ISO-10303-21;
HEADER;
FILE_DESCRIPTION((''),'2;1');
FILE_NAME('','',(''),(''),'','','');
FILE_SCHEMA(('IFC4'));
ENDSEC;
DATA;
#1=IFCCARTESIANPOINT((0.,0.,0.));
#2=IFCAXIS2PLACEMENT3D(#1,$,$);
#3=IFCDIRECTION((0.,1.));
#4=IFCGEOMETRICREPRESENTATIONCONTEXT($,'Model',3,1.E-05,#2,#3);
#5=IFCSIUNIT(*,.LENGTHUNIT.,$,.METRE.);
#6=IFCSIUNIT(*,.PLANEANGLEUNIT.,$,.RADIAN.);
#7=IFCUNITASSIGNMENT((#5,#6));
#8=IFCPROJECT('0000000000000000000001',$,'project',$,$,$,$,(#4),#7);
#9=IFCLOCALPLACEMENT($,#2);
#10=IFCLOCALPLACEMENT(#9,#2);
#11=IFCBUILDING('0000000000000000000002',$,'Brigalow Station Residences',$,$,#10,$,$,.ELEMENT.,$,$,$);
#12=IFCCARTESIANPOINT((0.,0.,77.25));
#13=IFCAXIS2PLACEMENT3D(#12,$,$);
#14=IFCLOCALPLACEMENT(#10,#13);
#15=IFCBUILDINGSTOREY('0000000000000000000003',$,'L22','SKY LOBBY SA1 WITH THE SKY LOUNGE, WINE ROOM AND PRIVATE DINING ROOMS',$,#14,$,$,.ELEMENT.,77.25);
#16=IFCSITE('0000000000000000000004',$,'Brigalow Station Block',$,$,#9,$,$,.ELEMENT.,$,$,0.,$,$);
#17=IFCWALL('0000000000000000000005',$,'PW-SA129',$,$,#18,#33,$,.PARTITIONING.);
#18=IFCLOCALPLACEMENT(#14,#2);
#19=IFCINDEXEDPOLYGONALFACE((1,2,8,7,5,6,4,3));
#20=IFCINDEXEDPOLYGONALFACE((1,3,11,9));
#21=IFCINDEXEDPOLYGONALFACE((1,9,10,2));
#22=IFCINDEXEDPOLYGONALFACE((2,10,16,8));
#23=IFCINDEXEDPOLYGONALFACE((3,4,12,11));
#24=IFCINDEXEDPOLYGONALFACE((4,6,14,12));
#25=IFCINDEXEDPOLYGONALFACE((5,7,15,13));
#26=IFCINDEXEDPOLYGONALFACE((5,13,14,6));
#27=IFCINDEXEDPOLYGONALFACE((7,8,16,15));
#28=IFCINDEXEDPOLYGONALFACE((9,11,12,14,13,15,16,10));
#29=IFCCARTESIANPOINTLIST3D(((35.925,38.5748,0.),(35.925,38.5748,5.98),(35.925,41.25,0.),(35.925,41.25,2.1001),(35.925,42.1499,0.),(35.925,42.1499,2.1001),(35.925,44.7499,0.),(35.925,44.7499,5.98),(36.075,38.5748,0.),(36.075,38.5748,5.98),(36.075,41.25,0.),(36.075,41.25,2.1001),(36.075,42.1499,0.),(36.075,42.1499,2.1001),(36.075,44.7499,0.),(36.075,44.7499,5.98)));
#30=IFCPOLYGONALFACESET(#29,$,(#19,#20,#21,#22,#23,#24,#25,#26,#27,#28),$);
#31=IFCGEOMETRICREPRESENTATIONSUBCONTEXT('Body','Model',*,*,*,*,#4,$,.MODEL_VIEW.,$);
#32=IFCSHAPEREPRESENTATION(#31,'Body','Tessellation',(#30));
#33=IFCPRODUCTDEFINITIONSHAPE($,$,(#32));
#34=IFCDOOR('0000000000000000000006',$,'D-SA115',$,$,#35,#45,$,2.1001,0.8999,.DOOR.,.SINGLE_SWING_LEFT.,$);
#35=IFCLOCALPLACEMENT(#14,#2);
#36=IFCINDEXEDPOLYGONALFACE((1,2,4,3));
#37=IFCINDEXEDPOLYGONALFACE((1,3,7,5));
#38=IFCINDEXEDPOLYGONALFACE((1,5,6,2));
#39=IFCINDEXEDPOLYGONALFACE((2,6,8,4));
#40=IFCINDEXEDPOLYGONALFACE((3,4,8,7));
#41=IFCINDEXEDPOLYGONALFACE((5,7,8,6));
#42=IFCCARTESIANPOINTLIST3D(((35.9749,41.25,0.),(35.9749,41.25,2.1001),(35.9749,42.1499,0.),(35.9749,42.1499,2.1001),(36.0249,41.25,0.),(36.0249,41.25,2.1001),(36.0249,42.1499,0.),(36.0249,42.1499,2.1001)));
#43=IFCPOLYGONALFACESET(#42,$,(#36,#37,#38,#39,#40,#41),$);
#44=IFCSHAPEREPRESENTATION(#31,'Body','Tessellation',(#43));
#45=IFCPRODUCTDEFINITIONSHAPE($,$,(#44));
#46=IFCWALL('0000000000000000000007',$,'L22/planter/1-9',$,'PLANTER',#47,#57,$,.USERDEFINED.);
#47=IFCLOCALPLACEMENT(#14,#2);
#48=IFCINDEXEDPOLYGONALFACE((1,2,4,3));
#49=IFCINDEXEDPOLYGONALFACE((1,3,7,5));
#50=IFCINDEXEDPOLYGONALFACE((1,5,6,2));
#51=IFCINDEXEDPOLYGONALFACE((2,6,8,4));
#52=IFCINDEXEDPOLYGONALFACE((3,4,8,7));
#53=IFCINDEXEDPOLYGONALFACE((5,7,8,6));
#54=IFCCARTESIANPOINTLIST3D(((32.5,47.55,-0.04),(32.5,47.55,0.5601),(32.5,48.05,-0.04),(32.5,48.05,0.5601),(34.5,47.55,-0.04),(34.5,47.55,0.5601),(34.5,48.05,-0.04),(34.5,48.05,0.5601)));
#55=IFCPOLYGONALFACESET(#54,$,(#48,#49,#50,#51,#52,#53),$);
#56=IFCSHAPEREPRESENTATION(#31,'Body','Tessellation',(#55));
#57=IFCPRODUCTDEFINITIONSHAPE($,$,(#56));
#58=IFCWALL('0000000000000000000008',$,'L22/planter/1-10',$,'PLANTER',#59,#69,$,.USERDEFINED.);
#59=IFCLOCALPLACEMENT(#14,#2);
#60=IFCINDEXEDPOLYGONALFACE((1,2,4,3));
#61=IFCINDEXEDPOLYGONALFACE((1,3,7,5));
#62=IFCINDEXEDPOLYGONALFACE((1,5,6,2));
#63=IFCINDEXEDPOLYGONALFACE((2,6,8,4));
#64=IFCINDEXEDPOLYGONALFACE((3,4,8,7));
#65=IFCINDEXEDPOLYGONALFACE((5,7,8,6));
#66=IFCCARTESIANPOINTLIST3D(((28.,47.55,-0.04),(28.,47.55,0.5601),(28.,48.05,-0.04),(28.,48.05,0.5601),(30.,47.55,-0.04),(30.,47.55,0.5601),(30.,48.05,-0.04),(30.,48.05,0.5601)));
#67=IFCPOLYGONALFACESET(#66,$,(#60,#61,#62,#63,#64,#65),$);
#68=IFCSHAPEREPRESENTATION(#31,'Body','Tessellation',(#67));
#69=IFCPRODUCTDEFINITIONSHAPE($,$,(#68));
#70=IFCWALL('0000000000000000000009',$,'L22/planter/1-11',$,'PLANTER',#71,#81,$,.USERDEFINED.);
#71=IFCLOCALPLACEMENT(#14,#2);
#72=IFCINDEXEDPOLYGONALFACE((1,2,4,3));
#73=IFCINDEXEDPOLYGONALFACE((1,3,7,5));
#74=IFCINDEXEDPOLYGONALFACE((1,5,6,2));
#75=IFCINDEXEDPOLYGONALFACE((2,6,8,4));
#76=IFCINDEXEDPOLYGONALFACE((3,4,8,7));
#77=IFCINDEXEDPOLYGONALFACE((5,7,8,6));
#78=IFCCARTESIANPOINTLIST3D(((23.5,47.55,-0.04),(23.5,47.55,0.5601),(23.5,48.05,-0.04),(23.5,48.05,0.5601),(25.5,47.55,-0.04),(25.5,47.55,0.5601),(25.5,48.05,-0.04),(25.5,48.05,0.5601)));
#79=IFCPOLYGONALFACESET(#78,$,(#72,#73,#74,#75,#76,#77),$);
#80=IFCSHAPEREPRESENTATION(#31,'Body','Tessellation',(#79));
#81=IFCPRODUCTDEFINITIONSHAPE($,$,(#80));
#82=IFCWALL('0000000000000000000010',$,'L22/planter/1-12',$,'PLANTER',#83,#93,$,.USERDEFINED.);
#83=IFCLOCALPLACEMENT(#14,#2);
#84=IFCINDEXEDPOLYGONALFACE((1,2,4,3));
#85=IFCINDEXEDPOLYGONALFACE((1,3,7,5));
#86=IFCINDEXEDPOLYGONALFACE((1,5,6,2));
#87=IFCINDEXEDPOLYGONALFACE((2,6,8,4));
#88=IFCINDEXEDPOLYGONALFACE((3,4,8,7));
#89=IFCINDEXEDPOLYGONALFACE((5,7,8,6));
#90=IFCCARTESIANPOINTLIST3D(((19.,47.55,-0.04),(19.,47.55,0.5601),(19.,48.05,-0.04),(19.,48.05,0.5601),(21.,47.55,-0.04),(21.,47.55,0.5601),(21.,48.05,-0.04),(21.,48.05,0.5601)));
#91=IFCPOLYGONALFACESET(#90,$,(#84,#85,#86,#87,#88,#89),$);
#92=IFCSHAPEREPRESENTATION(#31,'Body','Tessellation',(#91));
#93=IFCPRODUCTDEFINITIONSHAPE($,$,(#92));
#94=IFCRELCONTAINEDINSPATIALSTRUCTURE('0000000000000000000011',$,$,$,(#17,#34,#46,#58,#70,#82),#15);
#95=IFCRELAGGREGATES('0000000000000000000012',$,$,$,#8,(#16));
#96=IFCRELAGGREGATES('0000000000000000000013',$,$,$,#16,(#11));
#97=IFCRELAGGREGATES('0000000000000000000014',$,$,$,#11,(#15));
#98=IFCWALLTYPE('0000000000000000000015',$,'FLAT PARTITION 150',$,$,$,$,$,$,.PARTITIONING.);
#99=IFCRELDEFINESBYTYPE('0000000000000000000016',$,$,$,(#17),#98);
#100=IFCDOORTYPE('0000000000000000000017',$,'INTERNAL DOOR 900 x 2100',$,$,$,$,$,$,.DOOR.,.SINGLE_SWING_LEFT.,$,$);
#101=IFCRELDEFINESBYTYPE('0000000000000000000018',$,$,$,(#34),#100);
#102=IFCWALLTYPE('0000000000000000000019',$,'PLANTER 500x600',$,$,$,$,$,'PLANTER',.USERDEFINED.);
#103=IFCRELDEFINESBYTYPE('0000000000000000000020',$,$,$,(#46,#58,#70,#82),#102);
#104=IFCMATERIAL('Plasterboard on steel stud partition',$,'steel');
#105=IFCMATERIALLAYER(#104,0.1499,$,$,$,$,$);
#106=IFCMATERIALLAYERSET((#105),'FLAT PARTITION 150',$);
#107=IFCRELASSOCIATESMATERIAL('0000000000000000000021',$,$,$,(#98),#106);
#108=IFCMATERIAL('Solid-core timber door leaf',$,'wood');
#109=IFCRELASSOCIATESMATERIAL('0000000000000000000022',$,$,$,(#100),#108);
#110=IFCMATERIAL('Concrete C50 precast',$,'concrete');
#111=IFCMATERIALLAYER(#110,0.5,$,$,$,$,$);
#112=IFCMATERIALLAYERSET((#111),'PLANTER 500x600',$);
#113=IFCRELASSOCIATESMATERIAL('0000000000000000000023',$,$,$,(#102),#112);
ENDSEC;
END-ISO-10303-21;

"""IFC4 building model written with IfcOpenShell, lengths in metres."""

from ifc_helpers import new_model, si_unit, direction, frame, frame_2d, origin, place, context, subcontext, project, spatial, rectangle, extrude, material, layer, layer_set, type_object, element, fill, save


model = new_model("IFC4")

# Units and contexts
model_context = context("Model", 3, precision=1e-05, world=origin(), true_north=direction((0.0, 1.0)))
body_context = subcontext(model_context, "Body", "Model", "MODEL_VIEW")
ifc_project = project(units=[si_unit("LENGTHUNIT", "METRE"), si_unit("PLANEANGLEUNIT", "RADIAN")], contexts=[model_context])

# Site, building, storey
site_placement = place(None, origin())
site = spatial("IfcSite", under=ifc_project, at=site_placement, Name="Brigalow Station Block", CompositionType="ELEMENT", RefElevation=0.0)
building_placement = place(site_placement, origin())
building = spatial("IfcBuilding", under=site, at=building_placement, Name="Brigalow Station Residences", CompositionType="ELEMENT")
storey_placement = place(building_placement, frame((0.0, 0.0, 77.25)))
storey = spatial("IfcBuildingStorey", under=building, at=storey_placement, Name="L22", Description="SKY LOBBY SA1 WITH THE SKY LOUNGE, WINE ROOM AND PRIVATE DINING ROOMS", CompositionType="ELEMENT", Elevation=77.25)

# Wall, opening, door
ifc_material_1 = material(Name="Plasterboard on steel stud partition", Category="steel")
ifc_layer_1 = layer(ifc_material_1, 0.1499)
ifc_layer_set_1 = layer_set([ifc_layer_1], Name="FLAT PARTITION 150")
wall_type_1 = type_object("IfcWallType", Name="FLAT PARTITION 150", PredefinedType="PARTITIONING", material=ifc_layer_set_1)
wall_1_placement = place(storey_placement, frame((36.0, 38.575, 0.0), z_axis=(0.0, 0.0, 1.0), x_axis=(0.0, 1.0, 0.0)))
wall_1 = element("IfcWall", 1, at=wall_1_placement, inside=storey, type_object=wall_type_1, Name="PW-SA129", PredefinedType="PARTITIONING", context=body_context, shape_type="SweptSolid", body=[
    extrude(rectangle(XDim=6.175, YDim=0.1499, at=frame_2d((3.0874, 0.0))), origin(), (0.0, 0.0, 1.0), 5.98),
])
opening_1_placement = place(wall_1_placement, frame((2.675, 0.0, 0.0)))
opening_1 = element("IfcOpeningElement", 2, at=opening_1_placement, cuts=wall_1, PredefinedType="OPENING", context=body_context, shape_type="SweptSolid", body=[
    extrude(rectangle(XDim=0.8999, YDim=2.1001, at=frame_2d((0.45, 1.05))), frame((0.0, 0.085, 0.0), z_axis=(0.0, -1.0, 0.0), x_axis=(1.0, 0.0, 0.0)), (0.0, 0.0, 1.0), 0.1699),
])
ifc_material_2 = material(Name="Solid-core timber door leaf", Category="wood")
door_type_1 = type_object("IfcDoorType", Name="INTERNAL DOOR 900 x 2100", OperationType="SINGLE_SWING_LEFT", PredefinedType="DOOR", material=ifc_material_2)
door_1_placement = place(opening_1_placement, frame((0.8999, 0.0, 0.0), z_axis=(0.0, 0.0, 1.0), x_axis=(-1.0, 0.0, 0.0)))
door_1 = element("IfcDoor", 3, at=door_1_placement, inside=storey, type_object=door_type_1, Name="D-SA115", OperationType="SINGLE_SWING_LEFT", OverallHeight=2.1001, OverallWidth=0.8999, PredefinedType="DOOR", context=body_context, shape_type="SweptSolid", body=[
    extrude(rectangle(XDim=0.8999, YDim=2.1001, at=frame_2d((0.45, 1.05))), frame((0.0, 0.0249, 0.0), z_axis=(0.0, -1.0, 0.0), x_axis=(1.0, 0.0, 0.0)), (0.0, 0.0, 1.0), 0.05),
])
fill(opening_1, door_1)

# Walls
ifc_material_3 = material(Name="Concrete C50 precast", Category="concrete")
ifc_layer_2 = layer(ifc_material_3, 0.5)
ifc_layer_set_2 = layer_set([ifc_layer_2], Name="PLANTER 500x600")
wall_type_2 = type_object("IfcWallType", Name="PLANTER 500x600", ElementType="PLANTER", PredefinedType="USERDEFINED", material=ifc_layer_set_2)
for number, where, z_axis, x_axis, name in (
    (4, (34.5, 47.8, -0.04), (0.0, 0.0, 1.0), (-1.0, 0.0, 0.0), "L22/planter/1-9"),
    (5, (30.0, 47.8, -0.04), (0.0, 0.0, 1.0), (-1.0, 0.0, 0.0), "L22/planter/1-10"),
    (6, (25.5, 47.8, -0.04), (0.0, 0.0, 1.0), (-1.0, 0.0, 0.0), "L22/planter/1-11"),
    (7, (21.0, 47.8, -0.04), (0.0, 0.0, 1.0), (-1.0, 0.0, 0.0), "L22/planter/1-12"),
):
    element("IfcWall", number, at=place(storey_placement, frame(where, z_axis=z_axis, x_axis=x_axis)), inside=storey, type_object=wall_type_2, Name=name, ObjectType="PLANTER", PredefinedType="USERDEFINED", context=body_context, shape_type="SweptSolid", body=[
        extrude(rectangle(XDim=2.0, YDim=0.5, at=frame_2d((1.0, 0.0))), origin(), (0.0, 0.0, 1.0), 0.6001),
    ])

save(model, "model.ifc")
